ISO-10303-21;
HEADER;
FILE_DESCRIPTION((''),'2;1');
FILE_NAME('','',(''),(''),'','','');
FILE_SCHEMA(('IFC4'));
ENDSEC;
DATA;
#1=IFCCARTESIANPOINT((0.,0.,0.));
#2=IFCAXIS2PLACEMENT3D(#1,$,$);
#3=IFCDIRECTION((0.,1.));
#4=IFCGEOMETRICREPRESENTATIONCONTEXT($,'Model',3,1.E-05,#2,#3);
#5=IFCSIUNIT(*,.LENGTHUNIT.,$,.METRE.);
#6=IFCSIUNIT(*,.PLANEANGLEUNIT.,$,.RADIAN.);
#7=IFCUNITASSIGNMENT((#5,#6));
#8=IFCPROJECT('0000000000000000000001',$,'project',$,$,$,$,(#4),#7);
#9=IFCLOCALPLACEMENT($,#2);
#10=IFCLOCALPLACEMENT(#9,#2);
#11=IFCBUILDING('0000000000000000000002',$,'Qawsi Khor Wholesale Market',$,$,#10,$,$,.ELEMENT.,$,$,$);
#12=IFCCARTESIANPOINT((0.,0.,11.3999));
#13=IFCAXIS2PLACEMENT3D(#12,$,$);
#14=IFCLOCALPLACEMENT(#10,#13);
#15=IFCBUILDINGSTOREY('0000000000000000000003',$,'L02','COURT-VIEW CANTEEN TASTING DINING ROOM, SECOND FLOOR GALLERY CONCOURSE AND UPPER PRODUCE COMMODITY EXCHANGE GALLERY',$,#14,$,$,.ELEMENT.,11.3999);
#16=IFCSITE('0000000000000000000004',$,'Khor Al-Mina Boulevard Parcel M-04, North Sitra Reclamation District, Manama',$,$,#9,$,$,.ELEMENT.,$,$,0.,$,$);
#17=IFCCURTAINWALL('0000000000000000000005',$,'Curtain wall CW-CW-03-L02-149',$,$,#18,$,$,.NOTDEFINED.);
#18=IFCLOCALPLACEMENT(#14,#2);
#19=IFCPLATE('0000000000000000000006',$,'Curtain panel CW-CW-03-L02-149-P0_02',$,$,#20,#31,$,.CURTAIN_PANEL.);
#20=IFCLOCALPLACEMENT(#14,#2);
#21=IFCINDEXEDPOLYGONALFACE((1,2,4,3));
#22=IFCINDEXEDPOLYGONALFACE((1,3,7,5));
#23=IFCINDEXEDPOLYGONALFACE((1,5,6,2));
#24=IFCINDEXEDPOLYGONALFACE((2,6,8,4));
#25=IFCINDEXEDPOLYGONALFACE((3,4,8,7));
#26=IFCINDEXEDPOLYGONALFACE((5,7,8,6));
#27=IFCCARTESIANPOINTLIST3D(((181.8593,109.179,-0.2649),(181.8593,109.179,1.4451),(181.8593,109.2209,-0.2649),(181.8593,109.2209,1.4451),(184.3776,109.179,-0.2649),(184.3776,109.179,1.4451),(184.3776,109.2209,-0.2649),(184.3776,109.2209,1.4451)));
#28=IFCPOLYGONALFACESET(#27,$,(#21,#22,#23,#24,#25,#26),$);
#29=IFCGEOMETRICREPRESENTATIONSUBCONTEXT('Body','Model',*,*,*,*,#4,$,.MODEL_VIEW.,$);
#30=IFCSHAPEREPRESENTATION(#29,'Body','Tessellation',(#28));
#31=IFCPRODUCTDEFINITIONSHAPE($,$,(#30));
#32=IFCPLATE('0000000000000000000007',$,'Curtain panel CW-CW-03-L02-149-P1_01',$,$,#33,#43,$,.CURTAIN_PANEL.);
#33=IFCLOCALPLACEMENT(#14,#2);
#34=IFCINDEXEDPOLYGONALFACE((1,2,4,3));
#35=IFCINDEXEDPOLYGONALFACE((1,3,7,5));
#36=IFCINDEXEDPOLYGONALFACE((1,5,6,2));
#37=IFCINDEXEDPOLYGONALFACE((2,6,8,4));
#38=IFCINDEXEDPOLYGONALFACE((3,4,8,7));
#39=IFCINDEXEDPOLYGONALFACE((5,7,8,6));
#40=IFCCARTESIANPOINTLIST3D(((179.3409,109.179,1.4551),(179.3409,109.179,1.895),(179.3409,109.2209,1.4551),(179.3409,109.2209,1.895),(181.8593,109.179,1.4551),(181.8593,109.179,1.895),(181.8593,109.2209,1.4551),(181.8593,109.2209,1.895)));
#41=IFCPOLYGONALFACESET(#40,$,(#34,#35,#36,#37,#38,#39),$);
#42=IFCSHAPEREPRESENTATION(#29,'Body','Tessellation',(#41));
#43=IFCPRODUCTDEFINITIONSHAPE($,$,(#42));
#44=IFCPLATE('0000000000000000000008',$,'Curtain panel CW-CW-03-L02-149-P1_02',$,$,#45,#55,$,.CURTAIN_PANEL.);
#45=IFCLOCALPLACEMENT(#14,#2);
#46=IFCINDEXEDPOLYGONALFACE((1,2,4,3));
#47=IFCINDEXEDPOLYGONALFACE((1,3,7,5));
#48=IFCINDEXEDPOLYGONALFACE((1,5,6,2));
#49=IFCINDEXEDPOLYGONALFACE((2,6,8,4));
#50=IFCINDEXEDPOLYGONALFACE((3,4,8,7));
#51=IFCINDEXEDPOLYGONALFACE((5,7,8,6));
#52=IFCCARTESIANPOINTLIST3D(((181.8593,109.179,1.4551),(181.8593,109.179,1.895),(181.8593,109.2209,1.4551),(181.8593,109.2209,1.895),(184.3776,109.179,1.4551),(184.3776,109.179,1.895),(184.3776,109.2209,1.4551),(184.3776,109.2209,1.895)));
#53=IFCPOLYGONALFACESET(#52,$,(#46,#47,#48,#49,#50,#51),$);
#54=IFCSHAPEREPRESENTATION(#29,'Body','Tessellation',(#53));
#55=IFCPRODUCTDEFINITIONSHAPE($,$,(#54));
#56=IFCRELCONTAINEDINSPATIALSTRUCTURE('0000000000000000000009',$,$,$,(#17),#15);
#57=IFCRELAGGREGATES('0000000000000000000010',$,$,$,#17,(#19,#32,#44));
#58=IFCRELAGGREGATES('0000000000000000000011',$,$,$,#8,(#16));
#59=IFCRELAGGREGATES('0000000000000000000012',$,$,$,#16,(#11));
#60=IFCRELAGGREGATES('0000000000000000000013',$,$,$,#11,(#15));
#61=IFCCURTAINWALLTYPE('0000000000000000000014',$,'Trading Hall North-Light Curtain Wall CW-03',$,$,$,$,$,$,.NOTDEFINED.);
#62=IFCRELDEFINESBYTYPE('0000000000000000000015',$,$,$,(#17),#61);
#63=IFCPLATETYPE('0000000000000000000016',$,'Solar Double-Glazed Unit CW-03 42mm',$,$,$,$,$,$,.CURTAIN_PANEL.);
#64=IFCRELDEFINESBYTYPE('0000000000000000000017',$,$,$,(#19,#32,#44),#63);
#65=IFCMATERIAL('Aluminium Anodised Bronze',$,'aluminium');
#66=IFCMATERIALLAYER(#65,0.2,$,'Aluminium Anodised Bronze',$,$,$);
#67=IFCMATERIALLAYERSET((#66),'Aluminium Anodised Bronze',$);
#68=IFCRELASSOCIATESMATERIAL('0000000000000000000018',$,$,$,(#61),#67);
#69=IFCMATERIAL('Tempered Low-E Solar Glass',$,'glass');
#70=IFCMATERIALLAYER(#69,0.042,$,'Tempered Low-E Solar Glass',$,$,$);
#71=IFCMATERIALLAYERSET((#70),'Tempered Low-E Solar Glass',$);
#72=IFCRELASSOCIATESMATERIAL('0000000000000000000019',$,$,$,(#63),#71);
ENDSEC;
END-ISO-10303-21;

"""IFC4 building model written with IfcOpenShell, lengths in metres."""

from ifc_helpers import new_model, si_unit, direction, frame, frame_2d, origin, place, context, subcontext, project, spatial, rectangle, extrude, material, layer, layer_set, type_object, element, aggregate, save


model = new_model("IFC4")

# Units and contexts
model_context = context("Model", 3, precision=1e-05, world=origin(), true_north=direction((0.0, 1.0)))
body_context = subcontext(model_context, "Body", "Model", "MODEL_VIEW")
ifc_project = project(units=[si_unit("LENGTHUNIT", "METRE"), si_unit("PLANEANGLEUNIT", "RADIAN")], contexts=[model_context])

# Site, building, storey
site_placement = place(None, origin())
site = spatial("IfcSite", under=ifc_project, at=site_placement, Name="Khor Al-Mina Boulevard Parcel M-04, North Sitra Reclamation District, Manama", CompositionType="ELEMENT", RefElevation=0.0)
building_placement = place(site_placement, origin())
building = spatial("IfcBuilding", under=site, at=building_placement, Name="Qawsi Khor Wholesale Market", CompositionType="ELEMENT")
storey_placement = place(building_placement, frame((0.0, 0.0, 11.3999)))
storey = spatial("IfcBuildingStorey", under=building, at=storey_placement, Name="L02", Description="COURT-VIEW CANTEEN TASTING DINING ROOM, SECOND FLOOR GALLERY CONCOURSE AND UPPER PRODUCE COMMODITY EXCHANGE GALLERY", CompositionType="ELEMENT", Elevation=11.3999)

# Curtain wall
ifc_material_1 = material(Name="Aluminium Anodised Bronze", Category="aluminium")
ifc_layer_1 = layer(ifc_material_1, 0.2, Name="Aluminium Anodised Bronze")
ifc_layer_set_1 = layer_set([ifc_layer_1], Name="Aluminium Anodised Bronze")
curtain_wall_type = type_object("IfcCurtainWallType", Name="Trading Hall North-Light Curtain Wall CW-03", PredefinedType="NOTDEFINED", material=ifc_layer_set_1)
curtain_wall_placement = place(storey_placement, origin())
curtain_wall = element("IfcCurtainWall", 1, at=curtain_wall_placement, inside=storey, type_object=curtain_wall_type, Name="Curtain wall CW-CW-03-L02-149", PredefinedType="NOTDEFINED")

# Plates
ifc_material_2 = material(Name="Tempered Low-E Solar Glass", Category="glass")
ifc_layer_2 = layer(ifc_material_2, 0.042, Name="Tempered Low-E Solar Glass")
ifc_layer_set_2 = layer_set([ifc_layer_2], Name="Tempered Low-E Solar Glass")
plate_type = type_object("IfcPlateType", Name="Solar Double-Glazed Unit CW-03 42mm", PredefinedType="CURTAIN_PANEL", material=ifc_layer_set_2)
plate_1_placement = place(storey_placement, frame((181.8591, 109.2, -0.2649), z_axis=(0.0, 0.0, 1.0), x_axis=(1.0, 0.0, 0.0)))
plate_1 = element("IfcPlate", 2, at=plate_1_placement, type_object=plate_type, Name="Curtain panel CW-CW-03-L02-149-P0_02", PredefinedType="CURTAIN_PANEL", context=body_context, shape_type="SweptSolid", body=[
    extrude(rectangle(XDim=2.5183, YDim=0.042, at=frame_2d((1.2593, 0.0))), origin(), (0.0, 0.0, 1.0), 1.71),
])
plate_2_placement = place(storey_placement, frame((179.3408, 109.2, 1.4551), z_axis=(0.0, 0.0, 1.0), x_axis=(1.0, 0.0, 0.0)))
plate_2 = element("IfcPlate", 3, at=plate_2_placement, type_object=plate_type, Name="Curtain panel CW-CW-03-L02-149-P1_01", PredefinedType="CURTAIN_PANEL", context=body_context, shape_type="SweptSolid", body=[
    extrude(rectangle(XDim=2.5183, YDim=0.042, at=frame_2d((1.2593, 0.0))), origin(), (0.0, 0.0, 1.0), 0.4399),
])
plate_3_placement = place(storey_placement, frame((181.8591, 109.2, 1.4551), z_axis=(0.0, 0.0, 1.0), x_axis=(1.0, 0.0, 0.0)))
plate_3 = element("IfcPlate", 4, at=plate_3_placement, type_object=plate_type, Name="Curtain panel CW-CW-03-L02-149-P1_02", PredefinedType="CURTAIN_PANEL", context=body_context, shape_type="SweptSolid", body=[
    extrude(rectangle(XDim=2.5183, YDim=0.042, at=frame_2d((1.2593, 0.0))), origin(), (0.0, 0.0, 1.0), 0.4399),
])
aggregate(curtain_wall, [plate_1, plate_2, plate_3])

save(model, "model.ifc")
